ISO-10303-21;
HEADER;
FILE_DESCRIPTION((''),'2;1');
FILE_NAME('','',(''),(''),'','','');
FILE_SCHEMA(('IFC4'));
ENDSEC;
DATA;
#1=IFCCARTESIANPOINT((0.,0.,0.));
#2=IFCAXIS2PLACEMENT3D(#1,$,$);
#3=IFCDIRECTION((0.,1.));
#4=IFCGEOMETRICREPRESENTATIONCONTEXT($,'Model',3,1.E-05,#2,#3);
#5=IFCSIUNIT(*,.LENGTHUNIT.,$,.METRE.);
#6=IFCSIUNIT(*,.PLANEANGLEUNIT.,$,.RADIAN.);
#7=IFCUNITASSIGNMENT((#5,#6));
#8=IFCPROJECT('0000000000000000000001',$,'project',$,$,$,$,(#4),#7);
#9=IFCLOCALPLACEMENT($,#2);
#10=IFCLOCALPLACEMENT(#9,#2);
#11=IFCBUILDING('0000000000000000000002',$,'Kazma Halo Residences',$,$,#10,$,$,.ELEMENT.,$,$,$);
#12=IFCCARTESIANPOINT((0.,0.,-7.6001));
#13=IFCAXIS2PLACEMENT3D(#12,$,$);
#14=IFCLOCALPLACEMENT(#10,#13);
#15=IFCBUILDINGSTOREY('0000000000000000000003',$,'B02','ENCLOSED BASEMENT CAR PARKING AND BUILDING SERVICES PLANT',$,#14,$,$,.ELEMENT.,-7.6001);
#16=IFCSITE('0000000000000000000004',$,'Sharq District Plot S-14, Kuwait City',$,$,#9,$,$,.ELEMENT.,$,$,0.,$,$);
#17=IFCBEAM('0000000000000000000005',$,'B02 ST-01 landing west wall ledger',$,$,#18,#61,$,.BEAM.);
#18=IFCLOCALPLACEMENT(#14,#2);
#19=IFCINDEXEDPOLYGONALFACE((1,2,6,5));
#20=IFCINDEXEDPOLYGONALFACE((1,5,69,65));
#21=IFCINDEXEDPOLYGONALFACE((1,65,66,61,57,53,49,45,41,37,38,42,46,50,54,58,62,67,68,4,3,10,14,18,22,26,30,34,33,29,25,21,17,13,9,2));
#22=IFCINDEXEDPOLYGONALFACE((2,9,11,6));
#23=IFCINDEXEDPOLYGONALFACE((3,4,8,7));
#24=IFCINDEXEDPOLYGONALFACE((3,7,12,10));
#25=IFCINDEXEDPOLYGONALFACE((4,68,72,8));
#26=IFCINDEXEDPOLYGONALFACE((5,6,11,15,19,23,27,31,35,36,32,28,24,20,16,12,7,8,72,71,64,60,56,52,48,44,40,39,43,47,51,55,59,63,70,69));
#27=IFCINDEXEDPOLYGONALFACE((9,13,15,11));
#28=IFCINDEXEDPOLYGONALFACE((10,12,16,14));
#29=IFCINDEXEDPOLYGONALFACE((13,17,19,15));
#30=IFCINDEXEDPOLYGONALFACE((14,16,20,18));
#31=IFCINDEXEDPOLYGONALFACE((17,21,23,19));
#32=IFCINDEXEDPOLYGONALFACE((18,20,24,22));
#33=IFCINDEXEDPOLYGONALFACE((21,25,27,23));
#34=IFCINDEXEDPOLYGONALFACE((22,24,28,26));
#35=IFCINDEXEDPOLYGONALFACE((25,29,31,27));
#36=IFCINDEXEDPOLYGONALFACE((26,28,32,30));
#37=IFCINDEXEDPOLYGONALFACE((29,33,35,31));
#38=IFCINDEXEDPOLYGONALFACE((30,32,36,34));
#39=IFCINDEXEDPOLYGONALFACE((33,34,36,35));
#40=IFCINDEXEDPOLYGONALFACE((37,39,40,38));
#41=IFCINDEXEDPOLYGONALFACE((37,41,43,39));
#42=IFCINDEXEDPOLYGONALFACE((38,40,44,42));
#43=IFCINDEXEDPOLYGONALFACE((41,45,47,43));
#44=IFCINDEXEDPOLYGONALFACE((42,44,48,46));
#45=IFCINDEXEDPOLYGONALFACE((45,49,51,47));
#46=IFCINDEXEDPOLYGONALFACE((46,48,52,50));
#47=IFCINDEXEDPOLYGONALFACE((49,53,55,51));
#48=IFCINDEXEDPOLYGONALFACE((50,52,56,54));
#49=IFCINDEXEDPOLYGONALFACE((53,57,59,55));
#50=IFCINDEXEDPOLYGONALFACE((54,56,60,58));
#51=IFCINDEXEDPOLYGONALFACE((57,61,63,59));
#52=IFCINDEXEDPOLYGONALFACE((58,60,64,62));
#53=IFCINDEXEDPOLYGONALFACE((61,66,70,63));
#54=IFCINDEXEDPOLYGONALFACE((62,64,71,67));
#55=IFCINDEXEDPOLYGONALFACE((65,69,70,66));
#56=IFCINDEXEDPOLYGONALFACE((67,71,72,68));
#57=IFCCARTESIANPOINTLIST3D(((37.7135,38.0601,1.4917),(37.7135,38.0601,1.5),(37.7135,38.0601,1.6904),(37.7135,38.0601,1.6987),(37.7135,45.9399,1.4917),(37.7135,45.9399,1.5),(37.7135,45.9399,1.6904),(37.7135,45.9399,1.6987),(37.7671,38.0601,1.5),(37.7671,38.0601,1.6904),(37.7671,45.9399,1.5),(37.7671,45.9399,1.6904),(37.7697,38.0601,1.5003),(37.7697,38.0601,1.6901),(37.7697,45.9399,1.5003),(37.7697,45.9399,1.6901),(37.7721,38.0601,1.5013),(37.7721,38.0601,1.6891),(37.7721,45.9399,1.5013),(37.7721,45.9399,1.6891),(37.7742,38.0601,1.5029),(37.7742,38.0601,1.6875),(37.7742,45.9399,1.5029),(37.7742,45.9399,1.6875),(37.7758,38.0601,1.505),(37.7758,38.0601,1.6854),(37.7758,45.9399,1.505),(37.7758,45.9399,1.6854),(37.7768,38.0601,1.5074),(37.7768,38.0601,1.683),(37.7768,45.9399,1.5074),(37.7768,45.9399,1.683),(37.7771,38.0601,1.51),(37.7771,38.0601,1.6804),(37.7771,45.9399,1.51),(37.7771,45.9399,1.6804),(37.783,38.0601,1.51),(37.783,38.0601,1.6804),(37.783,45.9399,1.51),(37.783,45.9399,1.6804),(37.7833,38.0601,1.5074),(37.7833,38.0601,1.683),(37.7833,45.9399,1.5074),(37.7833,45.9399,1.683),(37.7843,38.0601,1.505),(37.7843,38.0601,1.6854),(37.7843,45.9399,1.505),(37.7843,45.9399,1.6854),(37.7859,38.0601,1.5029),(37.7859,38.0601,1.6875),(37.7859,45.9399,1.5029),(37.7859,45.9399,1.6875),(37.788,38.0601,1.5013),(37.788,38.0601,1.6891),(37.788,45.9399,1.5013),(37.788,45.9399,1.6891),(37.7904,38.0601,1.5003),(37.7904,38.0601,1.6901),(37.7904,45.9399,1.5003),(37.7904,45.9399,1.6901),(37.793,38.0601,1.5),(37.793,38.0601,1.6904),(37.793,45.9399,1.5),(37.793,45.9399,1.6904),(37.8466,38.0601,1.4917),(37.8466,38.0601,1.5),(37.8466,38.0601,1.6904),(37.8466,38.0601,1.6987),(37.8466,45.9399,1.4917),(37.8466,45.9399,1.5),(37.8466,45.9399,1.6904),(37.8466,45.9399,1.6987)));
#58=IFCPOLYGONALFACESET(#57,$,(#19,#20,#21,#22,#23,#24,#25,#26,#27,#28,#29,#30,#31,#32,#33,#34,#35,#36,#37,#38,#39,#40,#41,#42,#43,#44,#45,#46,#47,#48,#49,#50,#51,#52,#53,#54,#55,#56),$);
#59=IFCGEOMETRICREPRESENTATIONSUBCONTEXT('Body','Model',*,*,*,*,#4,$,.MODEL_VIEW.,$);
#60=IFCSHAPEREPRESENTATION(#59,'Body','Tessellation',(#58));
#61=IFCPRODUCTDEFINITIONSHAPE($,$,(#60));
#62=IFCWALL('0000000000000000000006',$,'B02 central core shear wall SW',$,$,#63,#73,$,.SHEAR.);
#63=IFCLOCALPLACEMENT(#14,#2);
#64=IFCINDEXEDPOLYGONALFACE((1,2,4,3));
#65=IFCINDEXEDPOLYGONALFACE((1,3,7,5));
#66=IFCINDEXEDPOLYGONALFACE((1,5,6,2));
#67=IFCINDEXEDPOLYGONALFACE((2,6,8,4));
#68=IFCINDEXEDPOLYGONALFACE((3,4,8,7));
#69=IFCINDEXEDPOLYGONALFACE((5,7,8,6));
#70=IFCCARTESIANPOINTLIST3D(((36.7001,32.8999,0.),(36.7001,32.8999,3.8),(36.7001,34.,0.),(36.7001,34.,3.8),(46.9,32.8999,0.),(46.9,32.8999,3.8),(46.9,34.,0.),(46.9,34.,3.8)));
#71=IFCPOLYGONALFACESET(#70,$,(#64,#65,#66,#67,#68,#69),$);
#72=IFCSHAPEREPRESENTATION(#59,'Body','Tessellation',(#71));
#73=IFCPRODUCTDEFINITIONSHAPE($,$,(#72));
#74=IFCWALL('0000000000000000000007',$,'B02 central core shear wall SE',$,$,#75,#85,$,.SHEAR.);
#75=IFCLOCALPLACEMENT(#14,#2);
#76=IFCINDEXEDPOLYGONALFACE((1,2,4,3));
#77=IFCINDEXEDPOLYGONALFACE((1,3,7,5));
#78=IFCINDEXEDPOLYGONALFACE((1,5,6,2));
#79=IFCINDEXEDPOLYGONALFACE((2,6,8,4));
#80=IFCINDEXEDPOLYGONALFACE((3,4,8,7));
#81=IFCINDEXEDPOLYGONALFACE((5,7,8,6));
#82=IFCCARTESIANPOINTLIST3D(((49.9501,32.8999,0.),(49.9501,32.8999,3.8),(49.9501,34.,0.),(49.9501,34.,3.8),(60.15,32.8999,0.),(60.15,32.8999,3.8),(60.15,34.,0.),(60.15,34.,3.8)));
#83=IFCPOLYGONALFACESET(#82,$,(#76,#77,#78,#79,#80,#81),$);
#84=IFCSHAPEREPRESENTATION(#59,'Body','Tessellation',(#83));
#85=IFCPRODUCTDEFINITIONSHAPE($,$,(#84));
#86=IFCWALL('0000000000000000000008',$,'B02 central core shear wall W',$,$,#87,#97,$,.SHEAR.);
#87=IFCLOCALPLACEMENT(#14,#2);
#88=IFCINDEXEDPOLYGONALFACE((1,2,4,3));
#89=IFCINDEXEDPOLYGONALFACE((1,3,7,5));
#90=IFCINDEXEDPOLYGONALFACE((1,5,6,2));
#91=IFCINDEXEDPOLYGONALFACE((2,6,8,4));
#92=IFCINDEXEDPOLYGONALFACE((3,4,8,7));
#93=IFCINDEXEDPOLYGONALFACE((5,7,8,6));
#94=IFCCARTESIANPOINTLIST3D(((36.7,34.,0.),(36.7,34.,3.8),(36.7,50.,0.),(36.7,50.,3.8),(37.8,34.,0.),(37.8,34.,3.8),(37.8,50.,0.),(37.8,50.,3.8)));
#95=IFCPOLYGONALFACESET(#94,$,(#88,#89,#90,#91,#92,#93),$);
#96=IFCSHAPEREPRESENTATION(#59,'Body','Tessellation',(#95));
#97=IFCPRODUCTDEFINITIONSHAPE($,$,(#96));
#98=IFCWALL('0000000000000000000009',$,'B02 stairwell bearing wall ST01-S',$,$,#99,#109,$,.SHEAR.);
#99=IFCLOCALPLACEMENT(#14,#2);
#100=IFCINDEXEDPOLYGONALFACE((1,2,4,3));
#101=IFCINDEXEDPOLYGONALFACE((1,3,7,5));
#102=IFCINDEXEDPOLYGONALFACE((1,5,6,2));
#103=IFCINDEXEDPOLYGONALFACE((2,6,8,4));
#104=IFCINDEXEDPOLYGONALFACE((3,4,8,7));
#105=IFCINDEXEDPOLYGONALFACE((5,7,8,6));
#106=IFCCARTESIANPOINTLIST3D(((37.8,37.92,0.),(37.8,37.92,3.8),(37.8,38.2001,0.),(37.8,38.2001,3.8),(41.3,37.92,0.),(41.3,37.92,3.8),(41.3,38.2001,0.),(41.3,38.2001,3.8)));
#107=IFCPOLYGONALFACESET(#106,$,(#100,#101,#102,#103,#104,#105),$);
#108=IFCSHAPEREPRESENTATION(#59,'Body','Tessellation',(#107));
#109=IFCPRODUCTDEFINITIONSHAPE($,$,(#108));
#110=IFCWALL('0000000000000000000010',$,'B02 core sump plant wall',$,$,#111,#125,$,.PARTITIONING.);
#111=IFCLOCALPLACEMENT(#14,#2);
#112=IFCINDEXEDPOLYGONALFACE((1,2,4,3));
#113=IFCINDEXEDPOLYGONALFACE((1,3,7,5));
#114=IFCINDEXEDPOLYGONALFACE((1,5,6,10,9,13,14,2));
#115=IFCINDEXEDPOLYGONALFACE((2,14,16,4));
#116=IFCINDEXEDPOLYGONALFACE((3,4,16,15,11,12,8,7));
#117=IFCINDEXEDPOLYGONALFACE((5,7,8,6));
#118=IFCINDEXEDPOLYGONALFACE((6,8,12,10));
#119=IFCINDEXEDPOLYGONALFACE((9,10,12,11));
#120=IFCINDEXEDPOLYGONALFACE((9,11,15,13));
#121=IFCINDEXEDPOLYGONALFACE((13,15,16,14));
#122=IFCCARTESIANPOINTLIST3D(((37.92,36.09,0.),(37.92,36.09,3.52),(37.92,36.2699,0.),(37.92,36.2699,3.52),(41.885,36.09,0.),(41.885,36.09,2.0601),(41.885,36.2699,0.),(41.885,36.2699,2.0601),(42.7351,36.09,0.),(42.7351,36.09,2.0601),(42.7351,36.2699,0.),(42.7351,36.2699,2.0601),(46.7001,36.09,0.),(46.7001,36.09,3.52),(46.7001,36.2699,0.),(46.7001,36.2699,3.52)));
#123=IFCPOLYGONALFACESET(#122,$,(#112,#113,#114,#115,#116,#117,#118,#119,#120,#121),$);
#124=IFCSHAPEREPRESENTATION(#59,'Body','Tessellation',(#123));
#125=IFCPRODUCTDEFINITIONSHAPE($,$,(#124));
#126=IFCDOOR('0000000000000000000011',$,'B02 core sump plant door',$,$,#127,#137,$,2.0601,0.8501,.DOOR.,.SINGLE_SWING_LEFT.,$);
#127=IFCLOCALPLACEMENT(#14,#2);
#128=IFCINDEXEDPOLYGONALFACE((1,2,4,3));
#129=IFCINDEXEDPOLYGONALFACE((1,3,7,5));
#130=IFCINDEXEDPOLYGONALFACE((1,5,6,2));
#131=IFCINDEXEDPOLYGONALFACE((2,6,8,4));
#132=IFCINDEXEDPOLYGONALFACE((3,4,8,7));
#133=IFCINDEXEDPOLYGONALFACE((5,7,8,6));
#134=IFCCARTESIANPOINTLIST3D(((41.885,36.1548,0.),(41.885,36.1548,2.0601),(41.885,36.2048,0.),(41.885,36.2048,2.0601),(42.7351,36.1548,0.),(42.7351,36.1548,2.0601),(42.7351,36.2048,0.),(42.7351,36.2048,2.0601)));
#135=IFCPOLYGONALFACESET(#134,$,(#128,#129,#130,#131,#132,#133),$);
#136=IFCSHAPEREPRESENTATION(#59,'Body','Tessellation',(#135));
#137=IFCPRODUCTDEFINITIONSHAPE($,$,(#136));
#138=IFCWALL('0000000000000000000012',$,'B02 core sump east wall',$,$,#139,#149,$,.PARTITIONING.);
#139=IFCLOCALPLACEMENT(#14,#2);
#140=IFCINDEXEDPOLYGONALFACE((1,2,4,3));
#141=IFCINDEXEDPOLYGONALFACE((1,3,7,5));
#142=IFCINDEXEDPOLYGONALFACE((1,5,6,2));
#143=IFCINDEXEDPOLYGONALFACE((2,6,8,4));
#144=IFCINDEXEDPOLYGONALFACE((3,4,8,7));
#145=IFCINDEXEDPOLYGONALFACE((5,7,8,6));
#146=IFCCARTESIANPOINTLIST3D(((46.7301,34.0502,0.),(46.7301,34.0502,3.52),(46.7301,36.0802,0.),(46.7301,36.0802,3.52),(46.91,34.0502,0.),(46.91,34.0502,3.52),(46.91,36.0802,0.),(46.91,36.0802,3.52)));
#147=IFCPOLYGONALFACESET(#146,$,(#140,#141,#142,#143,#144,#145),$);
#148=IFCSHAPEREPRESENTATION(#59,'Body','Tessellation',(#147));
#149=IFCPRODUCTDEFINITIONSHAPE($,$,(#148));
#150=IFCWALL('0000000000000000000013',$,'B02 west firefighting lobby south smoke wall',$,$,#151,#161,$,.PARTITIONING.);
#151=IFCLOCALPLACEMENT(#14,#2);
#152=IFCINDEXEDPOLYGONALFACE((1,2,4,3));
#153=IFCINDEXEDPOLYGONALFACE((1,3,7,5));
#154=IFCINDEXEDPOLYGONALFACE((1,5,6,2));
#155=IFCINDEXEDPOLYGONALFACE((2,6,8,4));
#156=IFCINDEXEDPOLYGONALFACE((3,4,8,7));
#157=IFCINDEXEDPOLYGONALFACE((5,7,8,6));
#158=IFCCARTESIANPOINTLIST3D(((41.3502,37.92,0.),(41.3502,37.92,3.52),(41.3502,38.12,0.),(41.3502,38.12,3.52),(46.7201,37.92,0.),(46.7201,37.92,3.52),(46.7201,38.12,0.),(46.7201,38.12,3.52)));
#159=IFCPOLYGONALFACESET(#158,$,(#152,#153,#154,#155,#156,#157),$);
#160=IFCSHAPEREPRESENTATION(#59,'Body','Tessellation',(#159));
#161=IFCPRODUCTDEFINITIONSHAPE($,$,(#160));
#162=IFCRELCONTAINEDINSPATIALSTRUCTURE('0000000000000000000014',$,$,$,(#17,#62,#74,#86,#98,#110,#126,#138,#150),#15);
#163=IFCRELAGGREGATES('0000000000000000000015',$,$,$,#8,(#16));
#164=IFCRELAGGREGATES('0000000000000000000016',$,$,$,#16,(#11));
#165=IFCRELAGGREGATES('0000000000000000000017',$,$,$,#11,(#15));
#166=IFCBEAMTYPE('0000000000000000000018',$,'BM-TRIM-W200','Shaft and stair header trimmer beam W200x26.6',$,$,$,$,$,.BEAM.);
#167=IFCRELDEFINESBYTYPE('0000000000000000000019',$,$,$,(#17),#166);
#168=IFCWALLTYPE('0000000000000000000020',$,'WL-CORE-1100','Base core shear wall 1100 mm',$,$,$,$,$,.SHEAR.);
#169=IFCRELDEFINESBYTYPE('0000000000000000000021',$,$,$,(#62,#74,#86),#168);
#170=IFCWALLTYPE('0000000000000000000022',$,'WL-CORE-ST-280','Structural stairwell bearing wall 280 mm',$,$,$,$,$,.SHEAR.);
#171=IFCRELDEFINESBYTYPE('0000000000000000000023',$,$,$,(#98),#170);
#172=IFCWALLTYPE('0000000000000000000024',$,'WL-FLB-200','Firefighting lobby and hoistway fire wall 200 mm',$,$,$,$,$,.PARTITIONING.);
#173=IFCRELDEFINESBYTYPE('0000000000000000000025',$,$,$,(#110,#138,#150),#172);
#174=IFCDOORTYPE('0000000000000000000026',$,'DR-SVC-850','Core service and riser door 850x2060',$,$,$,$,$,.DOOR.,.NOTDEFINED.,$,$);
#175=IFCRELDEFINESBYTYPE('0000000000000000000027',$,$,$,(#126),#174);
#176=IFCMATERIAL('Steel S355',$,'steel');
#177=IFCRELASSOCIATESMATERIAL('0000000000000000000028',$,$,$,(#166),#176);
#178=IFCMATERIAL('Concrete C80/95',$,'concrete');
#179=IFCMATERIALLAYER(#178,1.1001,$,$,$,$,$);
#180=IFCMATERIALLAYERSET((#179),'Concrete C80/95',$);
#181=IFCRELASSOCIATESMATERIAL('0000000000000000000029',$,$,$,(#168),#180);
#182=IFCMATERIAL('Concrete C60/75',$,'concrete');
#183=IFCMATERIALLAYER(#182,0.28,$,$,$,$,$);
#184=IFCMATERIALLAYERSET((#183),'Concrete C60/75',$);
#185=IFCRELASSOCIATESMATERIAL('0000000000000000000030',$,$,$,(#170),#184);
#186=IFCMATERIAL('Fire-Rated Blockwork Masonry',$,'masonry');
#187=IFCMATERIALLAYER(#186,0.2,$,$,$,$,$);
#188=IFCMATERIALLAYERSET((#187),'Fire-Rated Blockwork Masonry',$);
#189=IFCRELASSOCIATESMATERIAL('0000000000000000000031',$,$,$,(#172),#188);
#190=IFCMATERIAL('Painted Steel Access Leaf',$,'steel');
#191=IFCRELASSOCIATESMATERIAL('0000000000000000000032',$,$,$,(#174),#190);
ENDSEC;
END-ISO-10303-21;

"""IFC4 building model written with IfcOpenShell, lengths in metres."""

from ifc_helpers import new_model, si_unit, direction, frame, frame_2d, origin, origin_2d, place, context, subcontext, project, spatial, rectangle, i_section, extrude, material, layer, layer_set, material_profile, profile_set, type_object, element, fill, save


model = new_model("IFC4")

# Units and contexts
model_context = context("Model", 3, precision=1e-05, world=origin(), true_north=direction((0.0, 1.0)))
body_context = subcontext(model_context, "Body", "Model", "MODEL_VIEW")
ifc_project = project(units=[si_unit("LENGTHUNIT", "METRE"), si_unit("PLANEANGLEUNIT", "RADIAN")], contexts=[model_context])

# Site, building, storey
site_placement = place(None, origin())
site = spatial("IfcSite", under=ifc_project, at=site_placement, Name="Sharq District Plot S-14, Kuwait City", CompositionType="ELEMENT", RefElevation=0.0)
building_placement = place(site_placement, origin())
building = spatial("IfcBuilding", under=site, at=building_placement, Name="Kazma Halo Residences", CompositionType="ELEMENT")
storey_placement = place(building_placement, frame((0.0, 0.0, -7.6001)))
storey = spatial("IfcBuildingStorey", under=building, at=storey_placement, Name="B02", Description="ENCLOSED BASEMENT CAR PARKING AND BUILDING SERVICES PLANT", CompositionType="ELEMENT", Elevation=-7.6001)

# Shared definitions
ifc_material_1 = material(Name="Concrete C60/75", Category="concrete")

# Beam
ifc_material_2 = material(Name="Steel S355", Category="steel")
ifc_material_profile_1 = material_profile(ifc_material_2, i_section(OverallWidth=0.1331, OverallDepth=0.207, WebThickness=0.0059, FlangeThickness=0.0083, FilletRadius=0.01, at=origin_2d()), Name="W200x26.6")
ifc_profile_set_1 = profile_set([ifc_material_profile_1], Name="Steel S355")
beam_type_1 = type_object("IfcBeamType", Name="BM-TRIM-W200", Description="Shaft and stair header trimmer beam W200x26.6", PredefinedType="BEAM", material=ifc_profile_set_1)
beam_1_placement = place(storey_placement, frame((37.78, 38.0601, 1.5952), z_axis=(0.0, 1.0, 0.0), x_axis=(-1.0, 0.0, 0.0)))
element("IfcBeam", 1, at=beam_1_placement, inside=storey, type_object=beam_type_1, Name="B02 ST-01 landing west wall ledger", PredefinedType="BEAM", context=body_context, shape_type="SweptSolid", body=[
    extrude(i_section(OverallWidth=0.1331, OverallDepth=0.207, WebThickness=0.0059, FlangeThickness=0.0083, FilletRadius=0.01, at=origin_2d()), origin(), (0.0, 0.0, 1.0), 7.8799),
])

# Walls
ifc_material_3 = material(Name="Concrete C80/95", Category="concrete")
ifc_layer_1 = layer(ifc_material_3, 1.1001)
ifc_layer_set_1 = layer_set([ifc_layer_1], Name="Concrete C80/95")
wall_type_1 = type_object("IfcWallType", Name="WL-CORE-1100", Description="Base core shear wall 1100 mm", PredefinedType="SHEAR", material=ifc_layer_set_1)
for number, where, z_axis, x_axis, name in (
    (2, (36.7, 33.45, 0.0), (0.0, 0.0, 1.0), (1.0, 0.0, 0.0), "B02 central core shear wall SW"),
    (3, (49.95, 33.45, 0.0), (0.0, 0.0, 1.0), (1.0, 0.0, 0.0), "B02 central core shear wall SE"),
):
    element("IfcWall", number, at=place(storey_placement, frame(where, z_axis=z_axis, x_axis=x_axis)), inside=storey, type_object=wall_type_1, Name=name, PredefinedType="SHEAR", context=body_context, shape_type="SweptSolid", body=[
        extrude(rectangle(XDim=10.2, YDim=1.1001, at=frame_2d((5.1001, 0.0))), origin(), (0.0, 0.0, 1.0), 3.8),
    ])
wall_1_placement = place(storey_placement, frame((37.25, 34.0, 0.0), z_axis=(0.0, 0.0, 1.0), x_axis=(0.0, 1.0, 0.0)))
element("IfcWall", 4, at=wall_1_placement, inside=storey, type_object=wall_type_1, Name="B02 central core shear wall W", PredefinedType="SHEAR", context=body_context, shape_type="SweptSolid", body=[
    extrude(rectangle(XDim=16.0, YDim=1.1001, at=frame_2d((8.0, 0.0))), origin(), (0.0, 0.0, 1.0), 3.8),
])
ifc_layer_2 = layer(ifc_material_1, 0.28)
ifc_layer_set_2 = layer_set([ifc_layer_2], Name="Concrete C60/75")
wall_type_2 = type_object("IfcWallType", Name="WL-CORE-ST-280", Description="Structural stairwell bearing wall 280 mm", PredefinedType="SHEAR", material=ifc_layer_set_2)
wall_2_placement = place(storey_placement, frame((37.8, 38.0601, 0.0), z_axis=(0.0, 0.0, 1.0), x_axis=(1.0, 0.0, 0.0)))
element("IfcWall", 5, at=wall_2_placement, inside=storey, type_object=wall_type_2, Name="B02 stairwell bearing wall ST01-S", PredefinedType="SHEAR", context=body_context, shape_type="SweptSolid", body=[
    extrude(rectangle(XDim=3.5, YDim=0.28, at=frame_2d((1.75, 0.0))), origin(), (0.0, 0.0, 1.0), 3.8),
])

# Wall, opening, door
ifc_material_4 = material(Name="Fire-Rated Blockwork Masonry", Category="masonry")
ifc_layer_3 = layer(ifc_material_4, 0.2)
ifc_layer_set_3 = layer_set([ifc_layer_3], Name="Fire-Rated Blockwork Masonry")
wall_type_3 = type_object("IfcWallType", Name="WL-FLB-200", Description="Firefighting lobby and hoistway fire wall 200 mm", PredefinedType="PARTITIONING", material=ifc_layer_set_3)
wall_3_placement = place(storey_placement, frame((37.9199, 36.1799, 0.0), z_axis=(0.0, 0.0, 1.0), x_axis=(1.0, 0.0, 0.0)))
wall_3 = element("IfcWall", 6, at=wall_3_placement, inside=storey, type_object=wall_type_3, Name="B02 core sump plant wall", PredefinedType="PARTITIONING", context=body_context, shape_type="SweptSolid", body=[
    extrude(rectangle(XDim=8.78, YDim=0.1799, at=frame_2d((4.3901, 0.0))), origin(), (0.0, 0.0, 1.0), 3.52),
])
opening_1_placement = place(wall_3_placement, frame((3.9651, 0.0, 0.0)))
opening_1 = element("IfcOpeningElement", 7, at=opening_1_placement, cuts=wall_3, PredefinedType="OPENING", context=body_context, shape_type="SweptSolid", body=[
    extrude(rectangle(XDim=0.8501, YDim=2.0601, at=frame_2d((0.425, 1.03))), frame((0.0, 0.0999, 0.0), z_axis=(0.0, -1.0, 0.0), x_axis=(1.0, 0.0, 0.0)), (0.0, 0.0, 1.0), 0.2),
])
ifc_material_5 = material(Name="Painted Steel Access Leaf", Category="steel")
door_type_1 = type_object("IfcDoorType", Name="DR-SVC-850", Description="Core service and riser door 850x2060", OperationType="NOTDEFINED", PredefinedType="DOOR", material=ifc_material_5)
door_1_placement = place(opening_1_placement, origin())
door_1 = element("IfcDoor", 8, at=door_1_placement, inside=storey, type_object=door_type_1, Name="B02 core sump plant door", OperationType="SINGLE_SWING_LEFT", OverallHeight=2.0601, OverallWidth=0.8501, PredefinedType="DOOR", context=body_context, shape_type="SweptSolid", body=[
    extrude(rectangle(XDim=0.8501, YDim=2.0601, at=frame_2d((0.425, 1.03))), frame((0.0, 0.0249, 0.0), z_axis=(0.0, -1.0, 0.0), x_axis=(1.0, 0.0, 0.0)), (0.0, 0.0, 1.0), 0.05),
])
fill(opening_1, door_1)

# Walls
wall_4_placement = place(storey_placement, frame((46.8201, 34.05, 0.0), z_axis=(0.0, 0.0, 1.0), x_axis=(0.0, 1.0, 0.0)))
element("IfcWall", 9, at=wall_4_placement, inside=storey, type_object=wall_type_3, Name="B02 core sump east wall", PredefinedType="PARTITIONING", context=body_context, shape_type="SweptSolid", body=[
    extrude(rectangle(XDim=2.03, YDim=0.1799, at=frame_2d((1.0151, 0.0))), origin(), (0.0, 0.0, 1.0), 3.52),
])
wall_5_placement = place(storey_placement, frame((41.3501, 38.02, 0.0), z_axis=(0.0, 0.0, 1.0), x_axis=(1.0, 0.0, 0.0)))
element("IfcWall", 10, at=wall_5_placement, inside=storey, type_object=wall_type_3, Name="B02 west firefighting lobby south smoke wall", PredefinedType="PARTITIONING", context=body_context, shape_type="SweptSolid", body=[
    extrude(rectangle(XDim=5.3699, YDim=0.2, at=frame_2d((2.6851, 0.0))), origin(), (0.0, 0.0, 1.0), 3.52),
])

save(model, "model.ifc")
